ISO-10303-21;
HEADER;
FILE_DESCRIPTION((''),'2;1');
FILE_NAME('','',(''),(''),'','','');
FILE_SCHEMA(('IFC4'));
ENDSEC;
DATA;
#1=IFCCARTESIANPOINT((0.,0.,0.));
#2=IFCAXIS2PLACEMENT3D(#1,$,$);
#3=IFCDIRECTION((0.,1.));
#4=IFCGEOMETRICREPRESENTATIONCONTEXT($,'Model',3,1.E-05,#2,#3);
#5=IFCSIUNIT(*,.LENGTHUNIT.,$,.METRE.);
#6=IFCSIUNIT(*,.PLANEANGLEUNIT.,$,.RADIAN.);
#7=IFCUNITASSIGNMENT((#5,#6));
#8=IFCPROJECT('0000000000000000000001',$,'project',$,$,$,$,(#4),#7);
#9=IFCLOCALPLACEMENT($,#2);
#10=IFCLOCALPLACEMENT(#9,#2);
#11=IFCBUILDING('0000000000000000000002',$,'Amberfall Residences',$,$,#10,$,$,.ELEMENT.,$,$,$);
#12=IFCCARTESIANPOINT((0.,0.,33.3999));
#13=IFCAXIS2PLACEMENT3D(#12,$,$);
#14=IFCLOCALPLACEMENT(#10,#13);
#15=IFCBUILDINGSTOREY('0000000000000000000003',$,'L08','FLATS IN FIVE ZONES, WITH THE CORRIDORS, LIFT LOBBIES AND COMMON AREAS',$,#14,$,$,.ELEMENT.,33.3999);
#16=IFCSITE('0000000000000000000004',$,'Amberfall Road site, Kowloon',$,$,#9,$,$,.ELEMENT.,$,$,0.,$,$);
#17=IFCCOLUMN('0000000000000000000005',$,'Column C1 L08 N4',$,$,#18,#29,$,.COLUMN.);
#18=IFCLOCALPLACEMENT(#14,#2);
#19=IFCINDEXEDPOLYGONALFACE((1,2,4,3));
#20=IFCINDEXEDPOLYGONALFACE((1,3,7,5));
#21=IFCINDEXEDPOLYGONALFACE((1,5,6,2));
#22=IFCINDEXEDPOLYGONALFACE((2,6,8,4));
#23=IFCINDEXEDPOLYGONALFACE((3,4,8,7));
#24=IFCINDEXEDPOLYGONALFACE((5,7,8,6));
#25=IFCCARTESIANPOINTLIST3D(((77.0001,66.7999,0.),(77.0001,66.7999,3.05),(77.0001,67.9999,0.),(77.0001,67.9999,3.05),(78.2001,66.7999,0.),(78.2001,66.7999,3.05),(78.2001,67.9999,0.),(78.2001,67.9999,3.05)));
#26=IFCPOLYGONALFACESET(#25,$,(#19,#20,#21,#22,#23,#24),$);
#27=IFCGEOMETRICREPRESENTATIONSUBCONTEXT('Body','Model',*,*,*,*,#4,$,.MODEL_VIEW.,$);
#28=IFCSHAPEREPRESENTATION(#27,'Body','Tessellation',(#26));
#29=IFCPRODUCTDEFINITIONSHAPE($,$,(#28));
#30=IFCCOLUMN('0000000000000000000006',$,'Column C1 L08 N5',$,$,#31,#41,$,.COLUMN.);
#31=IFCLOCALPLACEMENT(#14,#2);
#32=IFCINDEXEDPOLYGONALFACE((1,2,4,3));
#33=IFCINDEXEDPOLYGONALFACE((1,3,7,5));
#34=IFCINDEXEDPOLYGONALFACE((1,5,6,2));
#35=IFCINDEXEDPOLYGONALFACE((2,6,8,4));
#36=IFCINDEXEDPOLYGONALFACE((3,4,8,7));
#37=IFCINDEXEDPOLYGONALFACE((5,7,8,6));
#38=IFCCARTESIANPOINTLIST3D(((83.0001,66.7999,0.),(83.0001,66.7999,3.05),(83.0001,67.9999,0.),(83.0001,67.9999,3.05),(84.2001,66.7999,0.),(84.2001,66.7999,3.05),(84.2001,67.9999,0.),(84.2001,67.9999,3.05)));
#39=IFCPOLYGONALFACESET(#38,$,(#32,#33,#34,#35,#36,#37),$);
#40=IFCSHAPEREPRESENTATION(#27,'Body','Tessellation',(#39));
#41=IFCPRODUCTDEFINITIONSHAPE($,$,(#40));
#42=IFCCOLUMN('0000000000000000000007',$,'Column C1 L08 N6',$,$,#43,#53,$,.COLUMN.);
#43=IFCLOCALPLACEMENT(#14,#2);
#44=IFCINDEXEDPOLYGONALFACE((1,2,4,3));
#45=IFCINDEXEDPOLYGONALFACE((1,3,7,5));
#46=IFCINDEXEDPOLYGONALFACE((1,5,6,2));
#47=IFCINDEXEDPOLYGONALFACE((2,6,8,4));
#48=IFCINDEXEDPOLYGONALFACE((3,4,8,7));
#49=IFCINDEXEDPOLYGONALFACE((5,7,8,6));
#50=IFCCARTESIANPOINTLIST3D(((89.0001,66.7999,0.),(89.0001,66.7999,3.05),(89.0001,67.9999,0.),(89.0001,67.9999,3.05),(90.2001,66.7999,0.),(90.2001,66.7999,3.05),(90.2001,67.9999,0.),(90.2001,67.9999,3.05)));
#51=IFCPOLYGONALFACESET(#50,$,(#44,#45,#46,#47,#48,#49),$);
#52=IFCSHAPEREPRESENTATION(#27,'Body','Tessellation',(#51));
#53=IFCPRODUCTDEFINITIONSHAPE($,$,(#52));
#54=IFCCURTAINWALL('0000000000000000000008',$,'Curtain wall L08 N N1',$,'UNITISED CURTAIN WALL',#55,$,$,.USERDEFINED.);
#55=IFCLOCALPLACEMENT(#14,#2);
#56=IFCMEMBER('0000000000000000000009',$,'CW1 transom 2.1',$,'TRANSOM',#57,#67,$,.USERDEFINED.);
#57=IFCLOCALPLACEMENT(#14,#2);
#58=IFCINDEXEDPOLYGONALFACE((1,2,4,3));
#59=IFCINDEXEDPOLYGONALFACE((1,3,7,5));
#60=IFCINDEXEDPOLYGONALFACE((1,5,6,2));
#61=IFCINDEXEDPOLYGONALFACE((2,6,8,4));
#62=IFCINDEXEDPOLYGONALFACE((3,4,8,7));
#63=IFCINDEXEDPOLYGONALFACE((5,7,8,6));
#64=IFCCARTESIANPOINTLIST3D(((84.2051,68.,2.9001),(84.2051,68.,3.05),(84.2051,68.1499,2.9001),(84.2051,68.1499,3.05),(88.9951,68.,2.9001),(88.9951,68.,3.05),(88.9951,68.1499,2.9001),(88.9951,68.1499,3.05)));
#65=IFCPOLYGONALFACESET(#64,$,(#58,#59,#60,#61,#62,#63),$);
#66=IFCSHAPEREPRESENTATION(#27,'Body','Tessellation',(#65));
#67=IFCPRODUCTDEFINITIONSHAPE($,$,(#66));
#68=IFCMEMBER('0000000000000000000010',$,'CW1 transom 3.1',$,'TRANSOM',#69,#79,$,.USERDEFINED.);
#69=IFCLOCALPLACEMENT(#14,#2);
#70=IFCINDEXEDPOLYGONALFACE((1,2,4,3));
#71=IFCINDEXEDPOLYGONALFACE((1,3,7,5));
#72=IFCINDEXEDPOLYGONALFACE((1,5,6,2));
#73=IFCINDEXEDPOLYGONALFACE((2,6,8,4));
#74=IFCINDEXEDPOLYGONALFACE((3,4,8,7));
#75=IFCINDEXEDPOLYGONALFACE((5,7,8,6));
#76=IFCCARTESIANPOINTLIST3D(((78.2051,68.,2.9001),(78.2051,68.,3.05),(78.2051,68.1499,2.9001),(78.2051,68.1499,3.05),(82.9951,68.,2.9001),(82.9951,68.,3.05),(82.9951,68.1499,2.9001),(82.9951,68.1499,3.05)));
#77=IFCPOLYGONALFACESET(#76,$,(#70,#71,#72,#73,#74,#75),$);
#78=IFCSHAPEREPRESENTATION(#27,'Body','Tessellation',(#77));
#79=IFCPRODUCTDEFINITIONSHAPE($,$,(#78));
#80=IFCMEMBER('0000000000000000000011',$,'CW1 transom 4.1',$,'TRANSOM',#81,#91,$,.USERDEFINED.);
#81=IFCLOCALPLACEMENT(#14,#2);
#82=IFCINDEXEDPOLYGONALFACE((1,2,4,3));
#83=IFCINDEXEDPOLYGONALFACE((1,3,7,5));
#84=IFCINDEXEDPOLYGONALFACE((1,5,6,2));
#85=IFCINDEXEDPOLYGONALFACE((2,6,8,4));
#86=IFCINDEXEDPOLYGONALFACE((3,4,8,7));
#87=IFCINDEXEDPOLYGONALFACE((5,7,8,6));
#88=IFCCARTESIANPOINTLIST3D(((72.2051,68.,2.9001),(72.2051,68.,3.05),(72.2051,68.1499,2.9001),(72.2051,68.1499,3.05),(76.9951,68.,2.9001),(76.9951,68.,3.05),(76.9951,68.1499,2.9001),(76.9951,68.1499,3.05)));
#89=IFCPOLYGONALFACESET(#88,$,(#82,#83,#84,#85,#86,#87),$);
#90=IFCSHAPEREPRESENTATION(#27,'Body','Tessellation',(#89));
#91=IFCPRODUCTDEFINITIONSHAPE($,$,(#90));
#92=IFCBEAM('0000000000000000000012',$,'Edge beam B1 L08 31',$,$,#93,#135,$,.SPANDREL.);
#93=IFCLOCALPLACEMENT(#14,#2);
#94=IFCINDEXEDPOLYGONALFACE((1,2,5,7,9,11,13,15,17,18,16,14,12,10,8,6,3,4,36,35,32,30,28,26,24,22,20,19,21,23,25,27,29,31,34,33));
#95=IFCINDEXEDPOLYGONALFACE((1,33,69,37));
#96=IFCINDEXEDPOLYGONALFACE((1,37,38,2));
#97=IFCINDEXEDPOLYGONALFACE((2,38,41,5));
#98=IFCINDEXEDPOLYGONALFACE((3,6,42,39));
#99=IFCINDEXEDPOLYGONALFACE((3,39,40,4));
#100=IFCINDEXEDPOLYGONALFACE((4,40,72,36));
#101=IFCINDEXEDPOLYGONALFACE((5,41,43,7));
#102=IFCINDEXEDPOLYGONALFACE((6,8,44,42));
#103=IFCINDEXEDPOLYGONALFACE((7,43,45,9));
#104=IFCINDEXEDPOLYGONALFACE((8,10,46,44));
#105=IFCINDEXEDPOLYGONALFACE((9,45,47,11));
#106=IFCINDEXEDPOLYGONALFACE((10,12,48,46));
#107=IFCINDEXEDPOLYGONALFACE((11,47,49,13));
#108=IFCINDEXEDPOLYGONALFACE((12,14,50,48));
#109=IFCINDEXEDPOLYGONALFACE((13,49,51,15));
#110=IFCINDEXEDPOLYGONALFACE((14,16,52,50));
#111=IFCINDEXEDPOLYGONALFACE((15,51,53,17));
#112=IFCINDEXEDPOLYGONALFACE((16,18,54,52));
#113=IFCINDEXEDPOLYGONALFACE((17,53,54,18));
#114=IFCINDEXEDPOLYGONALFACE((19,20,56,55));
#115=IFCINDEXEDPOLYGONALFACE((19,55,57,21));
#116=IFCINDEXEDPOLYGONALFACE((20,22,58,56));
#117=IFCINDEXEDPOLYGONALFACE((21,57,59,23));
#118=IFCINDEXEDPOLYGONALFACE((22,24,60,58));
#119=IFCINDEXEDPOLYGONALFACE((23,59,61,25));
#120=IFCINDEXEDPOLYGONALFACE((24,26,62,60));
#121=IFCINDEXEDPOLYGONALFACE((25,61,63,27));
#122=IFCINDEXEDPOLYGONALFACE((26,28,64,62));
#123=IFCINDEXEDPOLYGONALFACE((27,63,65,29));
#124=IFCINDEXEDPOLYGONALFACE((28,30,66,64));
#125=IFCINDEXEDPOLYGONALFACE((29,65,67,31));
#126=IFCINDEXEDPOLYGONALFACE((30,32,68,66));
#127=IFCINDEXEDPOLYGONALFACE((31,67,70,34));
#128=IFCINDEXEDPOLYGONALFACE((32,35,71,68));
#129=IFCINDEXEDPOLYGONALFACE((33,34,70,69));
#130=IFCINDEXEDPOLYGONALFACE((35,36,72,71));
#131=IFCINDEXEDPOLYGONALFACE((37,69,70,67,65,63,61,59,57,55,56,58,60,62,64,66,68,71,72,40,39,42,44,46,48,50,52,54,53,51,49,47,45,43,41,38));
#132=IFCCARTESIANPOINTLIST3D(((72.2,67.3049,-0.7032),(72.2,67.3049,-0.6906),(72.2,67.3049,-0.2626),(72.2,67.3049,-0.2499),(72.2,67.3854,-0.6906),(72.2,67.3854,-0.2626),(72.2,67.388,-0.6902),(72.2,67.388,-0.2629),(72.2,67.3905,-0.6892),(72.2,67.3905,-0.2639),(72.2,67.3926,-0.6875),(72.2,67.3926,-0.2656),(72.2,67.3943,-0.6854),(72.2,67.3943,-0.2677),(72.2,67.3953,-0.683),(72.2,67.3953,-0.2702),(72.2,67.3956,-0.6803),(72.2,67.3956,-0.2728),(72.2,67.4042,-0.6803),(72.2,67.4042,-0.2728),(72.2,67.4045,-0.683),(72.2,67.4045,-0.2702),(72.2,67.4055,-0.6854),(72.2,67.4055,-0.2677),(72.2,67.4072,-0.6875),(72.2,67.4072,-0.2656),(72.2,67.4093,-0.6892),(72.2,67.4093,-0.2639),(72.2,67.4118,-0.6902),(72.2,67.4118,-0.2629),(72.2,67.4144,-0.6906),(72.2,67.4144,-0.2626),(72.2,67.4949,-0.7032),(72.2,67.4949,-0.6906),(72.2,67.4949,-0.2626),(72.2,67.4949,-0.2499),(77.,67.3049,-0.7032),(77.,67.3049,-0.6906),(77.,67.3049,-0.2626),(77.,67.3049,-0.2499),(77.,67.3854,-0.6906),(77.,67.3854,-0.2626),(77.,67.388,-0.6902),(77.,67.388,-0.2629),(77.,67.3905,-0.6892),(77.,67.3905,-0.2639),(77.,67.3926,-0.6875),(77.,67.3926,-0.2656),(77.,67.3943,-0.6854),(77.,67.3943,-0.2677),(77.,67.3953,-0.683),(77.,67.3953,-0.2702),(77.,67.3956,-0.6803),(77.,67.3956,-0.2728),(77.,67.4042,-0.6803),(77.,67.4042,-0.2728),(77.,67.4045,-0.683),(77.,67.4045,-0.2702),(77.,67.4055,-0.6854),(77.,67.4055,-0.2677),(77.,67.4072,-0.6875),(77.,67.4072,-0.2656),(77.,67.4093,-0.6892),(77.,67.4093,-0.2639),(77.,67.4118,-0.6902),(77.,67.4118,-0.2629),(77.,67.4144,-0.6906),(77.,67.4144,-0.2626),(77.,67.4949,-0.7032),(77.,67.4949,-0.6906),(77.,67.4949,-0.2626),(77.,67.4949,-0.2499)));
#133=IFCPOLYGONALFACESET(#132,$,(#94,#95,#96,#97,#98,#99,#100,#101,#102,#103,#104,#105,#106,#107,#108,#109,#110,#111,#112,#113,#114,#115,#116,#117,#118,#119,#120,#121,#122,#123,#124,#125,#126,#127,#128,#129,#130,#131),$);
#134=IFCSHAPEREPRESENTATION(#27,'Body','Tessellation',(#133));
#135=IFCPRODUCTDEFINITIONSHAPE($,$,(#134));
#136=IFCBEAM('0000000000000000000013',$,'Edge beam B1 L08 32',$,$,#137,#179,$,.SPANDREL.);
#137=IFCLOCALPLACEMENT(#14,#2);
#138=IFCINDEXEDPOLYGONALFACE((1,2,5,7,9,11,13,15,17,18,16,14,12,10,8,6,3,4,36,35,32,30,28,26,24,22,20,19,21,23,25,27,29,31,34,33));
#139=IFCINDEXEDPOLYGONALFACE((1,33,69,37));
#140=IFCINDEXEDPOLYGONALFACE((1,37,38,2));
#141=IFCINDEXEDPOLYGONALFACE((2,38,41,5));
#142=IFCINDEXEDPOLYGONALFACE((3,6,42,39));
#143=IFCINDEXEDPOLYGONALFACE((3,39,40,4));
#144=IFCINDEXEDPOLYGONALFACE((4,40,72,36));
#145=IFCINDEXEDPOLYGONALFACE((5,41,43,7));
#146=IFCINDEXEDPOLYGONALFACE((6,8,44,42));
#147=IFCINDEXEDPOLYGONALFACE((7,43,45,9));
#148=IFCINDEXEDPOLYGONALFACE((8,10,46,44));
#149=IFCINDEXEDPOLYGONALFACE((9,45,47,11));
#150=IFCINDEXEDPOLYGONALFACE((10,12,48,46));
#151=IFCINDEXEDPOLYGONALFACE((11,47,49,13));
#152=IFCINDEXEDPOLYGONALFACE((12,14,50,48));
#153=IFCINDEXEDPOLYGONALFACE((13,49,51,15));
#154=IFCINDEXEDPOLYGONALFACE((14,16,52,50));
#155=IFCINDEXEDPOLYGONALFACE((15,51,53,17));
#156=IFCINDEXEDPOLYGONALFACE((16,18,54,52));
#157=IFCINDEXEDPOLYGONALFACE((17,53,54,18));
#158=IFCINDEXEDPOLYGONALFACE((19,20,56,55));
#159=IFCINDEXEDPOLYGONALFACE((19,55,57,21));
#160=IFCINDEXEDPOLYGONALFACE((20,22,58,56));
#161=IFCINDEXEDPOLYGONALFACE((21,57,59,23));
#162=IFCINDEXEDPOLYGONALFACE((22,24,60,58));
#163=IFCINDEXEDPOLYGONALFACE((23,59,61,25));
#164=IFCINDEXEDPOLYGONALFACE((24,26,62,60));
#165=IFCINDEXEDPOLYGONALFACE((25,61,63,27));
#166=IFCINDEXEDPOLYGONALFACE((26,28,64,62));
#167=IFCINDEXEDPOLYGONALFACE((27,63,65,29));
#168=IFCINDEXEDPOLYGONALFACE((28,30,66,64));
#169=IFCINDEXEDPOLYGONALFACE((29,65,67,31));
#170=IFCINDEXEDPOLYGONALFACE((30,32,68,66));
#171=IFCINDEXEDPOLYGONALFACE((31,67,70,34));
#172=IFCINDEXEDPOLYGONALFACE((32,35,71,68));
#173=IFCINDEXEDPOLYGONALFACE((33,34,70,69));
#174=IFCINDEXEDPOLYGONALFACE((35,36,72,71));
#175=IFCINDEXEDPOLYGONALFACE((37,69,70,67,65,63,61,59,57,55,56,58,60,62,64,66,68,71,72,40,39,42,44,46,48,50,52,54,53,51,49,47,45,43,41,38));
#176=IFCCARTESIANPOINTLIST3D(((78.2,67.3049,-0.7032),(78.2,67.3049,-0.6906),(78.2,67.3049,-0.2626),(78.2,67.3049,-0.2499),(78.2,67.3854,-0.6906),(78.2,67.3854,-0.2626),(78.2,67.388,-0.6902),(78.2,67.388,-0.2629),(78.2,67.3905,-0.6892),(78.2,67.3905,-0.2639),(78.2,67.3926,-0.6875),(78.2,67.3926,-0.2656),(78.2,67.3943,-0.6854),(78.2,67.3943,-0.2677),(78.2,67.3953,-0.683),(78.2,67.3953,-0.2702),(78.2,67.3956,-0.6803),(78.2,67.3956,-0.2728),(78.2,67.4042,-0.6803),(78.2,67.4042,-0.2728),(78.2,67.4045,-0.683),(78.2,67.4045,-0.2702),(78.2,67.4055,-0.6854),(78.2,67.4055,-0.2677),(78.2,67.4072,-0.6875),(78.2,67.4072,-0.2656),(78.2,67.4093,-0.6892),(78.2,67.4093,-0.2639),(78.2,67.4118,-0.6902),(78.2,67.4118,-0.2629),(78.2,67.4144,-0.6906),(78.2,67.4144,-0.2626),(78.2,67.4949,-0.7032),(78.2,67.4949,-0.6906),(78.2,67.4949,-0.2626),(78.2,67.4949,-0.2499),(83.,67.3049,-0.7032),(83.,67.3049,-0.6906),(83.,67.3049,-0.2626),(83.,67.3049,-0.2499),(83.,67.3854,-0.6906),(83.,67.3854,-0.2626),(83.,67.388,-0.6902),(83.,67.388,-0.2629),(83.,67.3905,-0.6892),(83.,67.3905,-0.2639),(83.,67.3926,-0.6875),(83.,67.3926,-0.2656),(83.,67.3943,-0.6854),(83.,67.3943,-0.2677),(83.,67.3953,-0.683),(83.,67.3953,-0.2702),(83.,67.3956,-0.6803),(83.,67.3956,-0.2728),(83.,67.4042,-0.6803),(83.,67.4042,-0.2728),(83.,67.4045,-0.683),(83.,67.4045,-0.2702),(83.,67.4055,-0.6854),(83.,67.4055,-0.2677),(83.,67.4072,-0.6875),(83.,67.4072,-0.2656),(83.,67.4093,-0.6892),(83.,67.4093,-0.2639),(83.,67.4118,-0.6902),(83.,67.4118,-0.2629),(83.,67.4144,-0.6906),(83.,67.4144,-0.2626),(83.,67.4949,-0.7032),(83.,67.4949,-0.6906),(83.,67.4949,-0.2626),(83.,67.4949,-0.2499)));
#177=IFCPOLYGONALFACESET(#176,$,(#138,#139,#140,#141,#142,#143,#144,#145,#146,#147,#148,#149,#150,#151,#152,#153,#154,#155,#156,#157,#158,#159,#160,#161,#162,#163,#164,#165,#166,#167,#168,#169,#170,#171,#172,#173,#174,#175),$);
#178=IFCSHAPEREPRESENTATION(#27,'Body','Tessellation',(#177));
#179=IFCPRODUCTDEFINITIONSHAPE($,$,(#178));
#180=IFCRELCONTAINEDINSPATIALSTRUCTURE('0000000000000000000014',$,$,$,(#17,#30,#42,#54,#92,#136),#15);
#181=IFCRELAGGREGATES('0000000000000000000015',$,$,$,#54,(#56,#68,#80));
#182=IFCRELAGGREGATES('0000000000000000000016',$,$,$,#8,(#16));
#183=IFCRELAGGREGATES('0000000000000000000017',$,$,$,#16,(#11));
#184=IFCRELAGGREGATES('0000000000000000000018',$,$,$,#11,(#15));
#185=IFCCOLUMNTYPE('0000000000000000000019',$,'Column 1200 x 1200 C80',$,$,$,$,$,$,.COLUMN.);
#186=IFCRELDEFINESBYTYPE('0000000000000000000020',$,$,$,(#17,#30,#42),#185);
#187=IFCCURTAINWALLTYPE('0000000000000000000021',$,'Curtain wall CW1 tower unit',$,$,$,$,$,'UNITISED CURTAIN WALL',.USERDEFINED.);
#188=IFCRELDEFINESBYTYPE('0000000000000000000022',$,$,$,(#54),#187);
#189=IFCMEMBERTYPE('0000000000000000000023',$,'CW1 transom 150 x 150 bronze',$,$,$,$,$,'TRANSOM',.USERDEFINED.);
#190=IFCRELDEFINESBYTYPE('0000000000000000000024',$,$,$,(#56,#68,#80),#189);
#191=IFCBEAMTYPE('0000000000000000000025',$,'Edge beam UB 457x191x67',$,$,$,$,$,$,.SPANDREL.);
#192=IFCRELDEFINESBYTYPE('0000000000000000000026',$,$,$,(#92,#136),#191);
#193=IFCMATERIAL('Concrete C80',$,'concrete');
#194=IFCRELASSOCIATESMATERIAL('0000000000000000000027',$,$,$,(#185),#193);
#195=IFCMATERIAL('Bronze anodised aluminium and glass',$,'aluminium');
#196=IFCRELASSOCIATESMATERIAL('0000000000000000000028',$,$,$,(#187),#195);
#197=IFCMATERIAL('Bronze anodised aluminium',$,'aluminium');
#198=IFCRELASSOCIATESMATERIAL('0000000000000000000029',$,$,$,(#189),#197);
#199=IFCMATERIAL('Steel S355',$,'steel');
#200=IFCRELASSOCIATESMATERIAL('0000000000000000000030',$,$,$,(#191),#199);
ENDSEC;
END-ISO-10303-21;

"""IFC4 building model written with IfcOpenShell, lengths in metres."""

from ifc_helpers import new_model, si_unit, direction, frame, origin, origin_2d, place, context, subcontext, project, spatial, rectangle, i_section, extrude, material, material_profile, profile_set, type_object, element, aggregate, save


model = new_model("IFC4")

# Units and contexts
model_context = context("Model", 3, precision=1e-05, world=origin(), true_north=direction((0.0, 1.0)))
body_context = subcontext(model_context, "Body", "Model", "MODEL_VIEW")
ifc_project = project(units=[si_unit("LENGTHUNIT", "METRE"), si_unit("PLANEANGLEUNIT", "RADIAN")], contexts=[model_context])

# Site, building, storey
site_placement = place(None, origin())
site = spatial("IfcSite", under=ifc_project, at=site_placement, Name="Amberfall Road site, Kowloon", CompositionType="ELEMENT", RefElevation=0.0)
building_placement = place(site_placement, origin())
building = spatial("IfcBuilding", under=site, at=building_placement, Name="Amberfall Residences", CompositionType="ELEMENT")
storey_placement = place(building_placement, frame((0.0, 0.0, 33.3999)))
storey = spatial("IfcBuildingStorey", under=building, at=storey_placement, Name="L08", Description="FLATS IN FIVE ZONES, WITH THE CORRIDORS, LIFT LOBBIES AND COMMON AREAS", CompositionType="ELEMENT", Elevation=33.3999)

# Columns
ifc_material_1 = material(Name="Concrete C80", Category="concrete")
ifc_material_profile_1 = material_profile(ifc_material_1, rectangle(XDim=1.2, YDim=1.2, at=origin_2d()), Name="Column 1200 x 1200 C80")
ifc_profile_set_1 = profile_set([ifc_material_profile_1], Name="Concrete C80")
column_type = type_object("IfcColumnType", Name="Column 1200 x 1200 C80", PredefinedType="COLUMN", material=ifc_profile_set_1)
for number, where, z_axis, x_axis, name in (
    (1, (77.6001, 67.3999, 0.0), (0.0, 0.0, 1.0), (1.0, 0.0, 0.0), "Column C1 L08 N4"),
    (2, (83.6001, 67.3999, 0.0), (0.0, 0.0, 1.0), (1.0, 0.0, 0.0), "Column C1 L08 N5"),
    (3, (89.6001, 67.3999, 0.0), (0.0, 0.0, 1.0), (1.0, 0.0, 0.0), "Column C1 L08 N6"),
):
    element("IfcColumn", number, at=place(storey_placement, frame(where, z_axis=z_axis, x_axis=x_axis)), inside=storey, type_object=column_type, Name=name, PredefinedType="COLUMN", context=body_context, shape_type="SweptSolid", body=[
        extrude(rectangle(XDim=1.2, YDim=1.2, at=origin_2d()), origin(), (0.0, 0.0, 1.0), 3.05),
    ])

# Curtain wall, members
ifc_material_2 = material(Name="Bronze anodised aluminium and glass", Category="aluminium")
curtain_wall_type = type_object("IfcCurtainWallType", Name="Curtain wall CW1 tower unit", ElementType="UNITISED CURTAIN WALL", PredefinedType="USERDEFINED", material=ifc_material_2)
curtain_wall_placement = place(storey_placement, origin())
curtain_wall = element("IfcCurtainWall", 4, at=curtain_wall_placement, inside=storey, type_object=curtain_wall_type, Name="Curtain wall L08 N N1", ObjectType="UNITISED CURTAIN WALL", PredefinedType="USERDEFINED")
ifc_material_3 = material(Name="Bronze anodised aluminium", Category="aluminium")
ifc_material_profile_2 = material_profile(ifc_material_3, rectangle(XDim=0.1499, YDim=0.1499, at=origin_2d()), Name="CW1 transom 150 x 150 bronze")
ifc_profile_set_2 = profile_set([ifc_material_profile_2], Name="Bronze anodised aluminium")
member_type_1 = type_object("IfcMemberType", Name="CW1 transom 150 x 150 bronze", ElementType="TRANSOM", PredefinedType="USERDEFINED", material=ifc_profile_set_2)
member_1_placement = place(storey_placement, frame((88.9951, 68.075, 2.9751), z_axis=(-1.0, 0.0, 0.0), x_axis=(0.0, -1.0, 0.0)))
member_1 = element("IfcMember", 5, at=member_1_placement, type_object=member_type_1, Name="CW1 transom 2.1", ObjectType="TRANSOM", PredefinedType="USERDEFINED", context=body_context, shape_type="SweptSolid", body=[
    extrude(rectangle(XDim=0.1499, YDim=0.1499, at=origin_2d()), origin(), (0.0, 0.0, 1.0), 4.79),
])
member_2_placement = place(storey_placement, frame((82.9951, 68.075, 2.9751), z_axis=(-1.0, 0.0, 0.0), x_axis=(0.0, -1.0, 0.0)))
member_2 = element("IfcMember", 6, at=member_2_placement, type_object=member_type_1, Name="CW1 transom 3.1", ObjectType="TRANSOM", PredefinedType="USERDEFINED", context=body_context, shape_type="SweptSolid", body=[
    extrude(rectangle(XDim=0.1499, YDim=0.1499, at=origin_2d()), origin(), (0.0, 0.0, 1.0), 4.79),
])
member_3_placement = place(storey_placement, frame((76.9951, 68.075, 2.9751), z_axis=(-1.0, 0.0, 0.0), x_axis=(0.0, -1.0, 0.0)))
member_3 = element("IfcMember", 7, at=member_3_placement, type_object=member_type_1, Name="CW1 transom 4.1", ObjectType="TRANSOM", PredefinedType="USERDEFINED", context=body_context, shape_type="SweptSolid", body=[
    extrude(rectangle(XDim=0.1499, YDim=0.1499, at=origin_2d()), origin(), (0.0, 0.0, 1.0), 4.79),
])

# Beams
ifc_material_4 = material(Name="Steel S355", Category="steel")
ifc_material_profile_3 = material_profile(ifc_material_4, i_section(OverallWidth=0.1899, OverallDepth=0.4534, WebThickness=0.0085, FlangeThickness=0.0127, FilletRadius=0.0103, at=origin_2d()), Name="UB 457x191x67")
ifc_profile_set_3 = profile_set([ifc_material_profile_3], Name="Steel S355")
beam_type_1 = type_object("IfcBeamType", Name="Edge beam UB 457x191x67", PredefinedType="SPANDREL", material=ifc_profile_set_3)
for number, where, z_axis, x_axis, name in (
    (8, (72.2, 67.3999, -0.4766), (1.0, 0.0, 0.0), (0.0, 1.0, 0.0), "Edge beam B1 L08 31"),
    (9, (78.2, 67.3999, -0.4766), (1.0, 0.0, 0.0), (0.0, 1.0, 0.0), "Edge beam B1 L08 32"),
):
    element("IfcBeam", number, at=place(storey_placement, frame(where, z_axis=z_axis, x_axis=x_axis)), inside=storey, type_object=beam_type_1, Name=name, PredefinedType="SPANDREL", context=body_context, shape_type="SweptSolid", body=[
        extrude(i_section(OverallWidth=0.1899, OverallDepth=0.4534, WebThickness=0.0085, FlangeThickness=0.0127, FilletRadius=0.0103, at=origin_2d()), origin(), (0.0, 0.0, 1.0), 4.8),
    ])

aggregate(curtain_wall, [member_1, member_2, member_3])

save(model, "model.ifc")
